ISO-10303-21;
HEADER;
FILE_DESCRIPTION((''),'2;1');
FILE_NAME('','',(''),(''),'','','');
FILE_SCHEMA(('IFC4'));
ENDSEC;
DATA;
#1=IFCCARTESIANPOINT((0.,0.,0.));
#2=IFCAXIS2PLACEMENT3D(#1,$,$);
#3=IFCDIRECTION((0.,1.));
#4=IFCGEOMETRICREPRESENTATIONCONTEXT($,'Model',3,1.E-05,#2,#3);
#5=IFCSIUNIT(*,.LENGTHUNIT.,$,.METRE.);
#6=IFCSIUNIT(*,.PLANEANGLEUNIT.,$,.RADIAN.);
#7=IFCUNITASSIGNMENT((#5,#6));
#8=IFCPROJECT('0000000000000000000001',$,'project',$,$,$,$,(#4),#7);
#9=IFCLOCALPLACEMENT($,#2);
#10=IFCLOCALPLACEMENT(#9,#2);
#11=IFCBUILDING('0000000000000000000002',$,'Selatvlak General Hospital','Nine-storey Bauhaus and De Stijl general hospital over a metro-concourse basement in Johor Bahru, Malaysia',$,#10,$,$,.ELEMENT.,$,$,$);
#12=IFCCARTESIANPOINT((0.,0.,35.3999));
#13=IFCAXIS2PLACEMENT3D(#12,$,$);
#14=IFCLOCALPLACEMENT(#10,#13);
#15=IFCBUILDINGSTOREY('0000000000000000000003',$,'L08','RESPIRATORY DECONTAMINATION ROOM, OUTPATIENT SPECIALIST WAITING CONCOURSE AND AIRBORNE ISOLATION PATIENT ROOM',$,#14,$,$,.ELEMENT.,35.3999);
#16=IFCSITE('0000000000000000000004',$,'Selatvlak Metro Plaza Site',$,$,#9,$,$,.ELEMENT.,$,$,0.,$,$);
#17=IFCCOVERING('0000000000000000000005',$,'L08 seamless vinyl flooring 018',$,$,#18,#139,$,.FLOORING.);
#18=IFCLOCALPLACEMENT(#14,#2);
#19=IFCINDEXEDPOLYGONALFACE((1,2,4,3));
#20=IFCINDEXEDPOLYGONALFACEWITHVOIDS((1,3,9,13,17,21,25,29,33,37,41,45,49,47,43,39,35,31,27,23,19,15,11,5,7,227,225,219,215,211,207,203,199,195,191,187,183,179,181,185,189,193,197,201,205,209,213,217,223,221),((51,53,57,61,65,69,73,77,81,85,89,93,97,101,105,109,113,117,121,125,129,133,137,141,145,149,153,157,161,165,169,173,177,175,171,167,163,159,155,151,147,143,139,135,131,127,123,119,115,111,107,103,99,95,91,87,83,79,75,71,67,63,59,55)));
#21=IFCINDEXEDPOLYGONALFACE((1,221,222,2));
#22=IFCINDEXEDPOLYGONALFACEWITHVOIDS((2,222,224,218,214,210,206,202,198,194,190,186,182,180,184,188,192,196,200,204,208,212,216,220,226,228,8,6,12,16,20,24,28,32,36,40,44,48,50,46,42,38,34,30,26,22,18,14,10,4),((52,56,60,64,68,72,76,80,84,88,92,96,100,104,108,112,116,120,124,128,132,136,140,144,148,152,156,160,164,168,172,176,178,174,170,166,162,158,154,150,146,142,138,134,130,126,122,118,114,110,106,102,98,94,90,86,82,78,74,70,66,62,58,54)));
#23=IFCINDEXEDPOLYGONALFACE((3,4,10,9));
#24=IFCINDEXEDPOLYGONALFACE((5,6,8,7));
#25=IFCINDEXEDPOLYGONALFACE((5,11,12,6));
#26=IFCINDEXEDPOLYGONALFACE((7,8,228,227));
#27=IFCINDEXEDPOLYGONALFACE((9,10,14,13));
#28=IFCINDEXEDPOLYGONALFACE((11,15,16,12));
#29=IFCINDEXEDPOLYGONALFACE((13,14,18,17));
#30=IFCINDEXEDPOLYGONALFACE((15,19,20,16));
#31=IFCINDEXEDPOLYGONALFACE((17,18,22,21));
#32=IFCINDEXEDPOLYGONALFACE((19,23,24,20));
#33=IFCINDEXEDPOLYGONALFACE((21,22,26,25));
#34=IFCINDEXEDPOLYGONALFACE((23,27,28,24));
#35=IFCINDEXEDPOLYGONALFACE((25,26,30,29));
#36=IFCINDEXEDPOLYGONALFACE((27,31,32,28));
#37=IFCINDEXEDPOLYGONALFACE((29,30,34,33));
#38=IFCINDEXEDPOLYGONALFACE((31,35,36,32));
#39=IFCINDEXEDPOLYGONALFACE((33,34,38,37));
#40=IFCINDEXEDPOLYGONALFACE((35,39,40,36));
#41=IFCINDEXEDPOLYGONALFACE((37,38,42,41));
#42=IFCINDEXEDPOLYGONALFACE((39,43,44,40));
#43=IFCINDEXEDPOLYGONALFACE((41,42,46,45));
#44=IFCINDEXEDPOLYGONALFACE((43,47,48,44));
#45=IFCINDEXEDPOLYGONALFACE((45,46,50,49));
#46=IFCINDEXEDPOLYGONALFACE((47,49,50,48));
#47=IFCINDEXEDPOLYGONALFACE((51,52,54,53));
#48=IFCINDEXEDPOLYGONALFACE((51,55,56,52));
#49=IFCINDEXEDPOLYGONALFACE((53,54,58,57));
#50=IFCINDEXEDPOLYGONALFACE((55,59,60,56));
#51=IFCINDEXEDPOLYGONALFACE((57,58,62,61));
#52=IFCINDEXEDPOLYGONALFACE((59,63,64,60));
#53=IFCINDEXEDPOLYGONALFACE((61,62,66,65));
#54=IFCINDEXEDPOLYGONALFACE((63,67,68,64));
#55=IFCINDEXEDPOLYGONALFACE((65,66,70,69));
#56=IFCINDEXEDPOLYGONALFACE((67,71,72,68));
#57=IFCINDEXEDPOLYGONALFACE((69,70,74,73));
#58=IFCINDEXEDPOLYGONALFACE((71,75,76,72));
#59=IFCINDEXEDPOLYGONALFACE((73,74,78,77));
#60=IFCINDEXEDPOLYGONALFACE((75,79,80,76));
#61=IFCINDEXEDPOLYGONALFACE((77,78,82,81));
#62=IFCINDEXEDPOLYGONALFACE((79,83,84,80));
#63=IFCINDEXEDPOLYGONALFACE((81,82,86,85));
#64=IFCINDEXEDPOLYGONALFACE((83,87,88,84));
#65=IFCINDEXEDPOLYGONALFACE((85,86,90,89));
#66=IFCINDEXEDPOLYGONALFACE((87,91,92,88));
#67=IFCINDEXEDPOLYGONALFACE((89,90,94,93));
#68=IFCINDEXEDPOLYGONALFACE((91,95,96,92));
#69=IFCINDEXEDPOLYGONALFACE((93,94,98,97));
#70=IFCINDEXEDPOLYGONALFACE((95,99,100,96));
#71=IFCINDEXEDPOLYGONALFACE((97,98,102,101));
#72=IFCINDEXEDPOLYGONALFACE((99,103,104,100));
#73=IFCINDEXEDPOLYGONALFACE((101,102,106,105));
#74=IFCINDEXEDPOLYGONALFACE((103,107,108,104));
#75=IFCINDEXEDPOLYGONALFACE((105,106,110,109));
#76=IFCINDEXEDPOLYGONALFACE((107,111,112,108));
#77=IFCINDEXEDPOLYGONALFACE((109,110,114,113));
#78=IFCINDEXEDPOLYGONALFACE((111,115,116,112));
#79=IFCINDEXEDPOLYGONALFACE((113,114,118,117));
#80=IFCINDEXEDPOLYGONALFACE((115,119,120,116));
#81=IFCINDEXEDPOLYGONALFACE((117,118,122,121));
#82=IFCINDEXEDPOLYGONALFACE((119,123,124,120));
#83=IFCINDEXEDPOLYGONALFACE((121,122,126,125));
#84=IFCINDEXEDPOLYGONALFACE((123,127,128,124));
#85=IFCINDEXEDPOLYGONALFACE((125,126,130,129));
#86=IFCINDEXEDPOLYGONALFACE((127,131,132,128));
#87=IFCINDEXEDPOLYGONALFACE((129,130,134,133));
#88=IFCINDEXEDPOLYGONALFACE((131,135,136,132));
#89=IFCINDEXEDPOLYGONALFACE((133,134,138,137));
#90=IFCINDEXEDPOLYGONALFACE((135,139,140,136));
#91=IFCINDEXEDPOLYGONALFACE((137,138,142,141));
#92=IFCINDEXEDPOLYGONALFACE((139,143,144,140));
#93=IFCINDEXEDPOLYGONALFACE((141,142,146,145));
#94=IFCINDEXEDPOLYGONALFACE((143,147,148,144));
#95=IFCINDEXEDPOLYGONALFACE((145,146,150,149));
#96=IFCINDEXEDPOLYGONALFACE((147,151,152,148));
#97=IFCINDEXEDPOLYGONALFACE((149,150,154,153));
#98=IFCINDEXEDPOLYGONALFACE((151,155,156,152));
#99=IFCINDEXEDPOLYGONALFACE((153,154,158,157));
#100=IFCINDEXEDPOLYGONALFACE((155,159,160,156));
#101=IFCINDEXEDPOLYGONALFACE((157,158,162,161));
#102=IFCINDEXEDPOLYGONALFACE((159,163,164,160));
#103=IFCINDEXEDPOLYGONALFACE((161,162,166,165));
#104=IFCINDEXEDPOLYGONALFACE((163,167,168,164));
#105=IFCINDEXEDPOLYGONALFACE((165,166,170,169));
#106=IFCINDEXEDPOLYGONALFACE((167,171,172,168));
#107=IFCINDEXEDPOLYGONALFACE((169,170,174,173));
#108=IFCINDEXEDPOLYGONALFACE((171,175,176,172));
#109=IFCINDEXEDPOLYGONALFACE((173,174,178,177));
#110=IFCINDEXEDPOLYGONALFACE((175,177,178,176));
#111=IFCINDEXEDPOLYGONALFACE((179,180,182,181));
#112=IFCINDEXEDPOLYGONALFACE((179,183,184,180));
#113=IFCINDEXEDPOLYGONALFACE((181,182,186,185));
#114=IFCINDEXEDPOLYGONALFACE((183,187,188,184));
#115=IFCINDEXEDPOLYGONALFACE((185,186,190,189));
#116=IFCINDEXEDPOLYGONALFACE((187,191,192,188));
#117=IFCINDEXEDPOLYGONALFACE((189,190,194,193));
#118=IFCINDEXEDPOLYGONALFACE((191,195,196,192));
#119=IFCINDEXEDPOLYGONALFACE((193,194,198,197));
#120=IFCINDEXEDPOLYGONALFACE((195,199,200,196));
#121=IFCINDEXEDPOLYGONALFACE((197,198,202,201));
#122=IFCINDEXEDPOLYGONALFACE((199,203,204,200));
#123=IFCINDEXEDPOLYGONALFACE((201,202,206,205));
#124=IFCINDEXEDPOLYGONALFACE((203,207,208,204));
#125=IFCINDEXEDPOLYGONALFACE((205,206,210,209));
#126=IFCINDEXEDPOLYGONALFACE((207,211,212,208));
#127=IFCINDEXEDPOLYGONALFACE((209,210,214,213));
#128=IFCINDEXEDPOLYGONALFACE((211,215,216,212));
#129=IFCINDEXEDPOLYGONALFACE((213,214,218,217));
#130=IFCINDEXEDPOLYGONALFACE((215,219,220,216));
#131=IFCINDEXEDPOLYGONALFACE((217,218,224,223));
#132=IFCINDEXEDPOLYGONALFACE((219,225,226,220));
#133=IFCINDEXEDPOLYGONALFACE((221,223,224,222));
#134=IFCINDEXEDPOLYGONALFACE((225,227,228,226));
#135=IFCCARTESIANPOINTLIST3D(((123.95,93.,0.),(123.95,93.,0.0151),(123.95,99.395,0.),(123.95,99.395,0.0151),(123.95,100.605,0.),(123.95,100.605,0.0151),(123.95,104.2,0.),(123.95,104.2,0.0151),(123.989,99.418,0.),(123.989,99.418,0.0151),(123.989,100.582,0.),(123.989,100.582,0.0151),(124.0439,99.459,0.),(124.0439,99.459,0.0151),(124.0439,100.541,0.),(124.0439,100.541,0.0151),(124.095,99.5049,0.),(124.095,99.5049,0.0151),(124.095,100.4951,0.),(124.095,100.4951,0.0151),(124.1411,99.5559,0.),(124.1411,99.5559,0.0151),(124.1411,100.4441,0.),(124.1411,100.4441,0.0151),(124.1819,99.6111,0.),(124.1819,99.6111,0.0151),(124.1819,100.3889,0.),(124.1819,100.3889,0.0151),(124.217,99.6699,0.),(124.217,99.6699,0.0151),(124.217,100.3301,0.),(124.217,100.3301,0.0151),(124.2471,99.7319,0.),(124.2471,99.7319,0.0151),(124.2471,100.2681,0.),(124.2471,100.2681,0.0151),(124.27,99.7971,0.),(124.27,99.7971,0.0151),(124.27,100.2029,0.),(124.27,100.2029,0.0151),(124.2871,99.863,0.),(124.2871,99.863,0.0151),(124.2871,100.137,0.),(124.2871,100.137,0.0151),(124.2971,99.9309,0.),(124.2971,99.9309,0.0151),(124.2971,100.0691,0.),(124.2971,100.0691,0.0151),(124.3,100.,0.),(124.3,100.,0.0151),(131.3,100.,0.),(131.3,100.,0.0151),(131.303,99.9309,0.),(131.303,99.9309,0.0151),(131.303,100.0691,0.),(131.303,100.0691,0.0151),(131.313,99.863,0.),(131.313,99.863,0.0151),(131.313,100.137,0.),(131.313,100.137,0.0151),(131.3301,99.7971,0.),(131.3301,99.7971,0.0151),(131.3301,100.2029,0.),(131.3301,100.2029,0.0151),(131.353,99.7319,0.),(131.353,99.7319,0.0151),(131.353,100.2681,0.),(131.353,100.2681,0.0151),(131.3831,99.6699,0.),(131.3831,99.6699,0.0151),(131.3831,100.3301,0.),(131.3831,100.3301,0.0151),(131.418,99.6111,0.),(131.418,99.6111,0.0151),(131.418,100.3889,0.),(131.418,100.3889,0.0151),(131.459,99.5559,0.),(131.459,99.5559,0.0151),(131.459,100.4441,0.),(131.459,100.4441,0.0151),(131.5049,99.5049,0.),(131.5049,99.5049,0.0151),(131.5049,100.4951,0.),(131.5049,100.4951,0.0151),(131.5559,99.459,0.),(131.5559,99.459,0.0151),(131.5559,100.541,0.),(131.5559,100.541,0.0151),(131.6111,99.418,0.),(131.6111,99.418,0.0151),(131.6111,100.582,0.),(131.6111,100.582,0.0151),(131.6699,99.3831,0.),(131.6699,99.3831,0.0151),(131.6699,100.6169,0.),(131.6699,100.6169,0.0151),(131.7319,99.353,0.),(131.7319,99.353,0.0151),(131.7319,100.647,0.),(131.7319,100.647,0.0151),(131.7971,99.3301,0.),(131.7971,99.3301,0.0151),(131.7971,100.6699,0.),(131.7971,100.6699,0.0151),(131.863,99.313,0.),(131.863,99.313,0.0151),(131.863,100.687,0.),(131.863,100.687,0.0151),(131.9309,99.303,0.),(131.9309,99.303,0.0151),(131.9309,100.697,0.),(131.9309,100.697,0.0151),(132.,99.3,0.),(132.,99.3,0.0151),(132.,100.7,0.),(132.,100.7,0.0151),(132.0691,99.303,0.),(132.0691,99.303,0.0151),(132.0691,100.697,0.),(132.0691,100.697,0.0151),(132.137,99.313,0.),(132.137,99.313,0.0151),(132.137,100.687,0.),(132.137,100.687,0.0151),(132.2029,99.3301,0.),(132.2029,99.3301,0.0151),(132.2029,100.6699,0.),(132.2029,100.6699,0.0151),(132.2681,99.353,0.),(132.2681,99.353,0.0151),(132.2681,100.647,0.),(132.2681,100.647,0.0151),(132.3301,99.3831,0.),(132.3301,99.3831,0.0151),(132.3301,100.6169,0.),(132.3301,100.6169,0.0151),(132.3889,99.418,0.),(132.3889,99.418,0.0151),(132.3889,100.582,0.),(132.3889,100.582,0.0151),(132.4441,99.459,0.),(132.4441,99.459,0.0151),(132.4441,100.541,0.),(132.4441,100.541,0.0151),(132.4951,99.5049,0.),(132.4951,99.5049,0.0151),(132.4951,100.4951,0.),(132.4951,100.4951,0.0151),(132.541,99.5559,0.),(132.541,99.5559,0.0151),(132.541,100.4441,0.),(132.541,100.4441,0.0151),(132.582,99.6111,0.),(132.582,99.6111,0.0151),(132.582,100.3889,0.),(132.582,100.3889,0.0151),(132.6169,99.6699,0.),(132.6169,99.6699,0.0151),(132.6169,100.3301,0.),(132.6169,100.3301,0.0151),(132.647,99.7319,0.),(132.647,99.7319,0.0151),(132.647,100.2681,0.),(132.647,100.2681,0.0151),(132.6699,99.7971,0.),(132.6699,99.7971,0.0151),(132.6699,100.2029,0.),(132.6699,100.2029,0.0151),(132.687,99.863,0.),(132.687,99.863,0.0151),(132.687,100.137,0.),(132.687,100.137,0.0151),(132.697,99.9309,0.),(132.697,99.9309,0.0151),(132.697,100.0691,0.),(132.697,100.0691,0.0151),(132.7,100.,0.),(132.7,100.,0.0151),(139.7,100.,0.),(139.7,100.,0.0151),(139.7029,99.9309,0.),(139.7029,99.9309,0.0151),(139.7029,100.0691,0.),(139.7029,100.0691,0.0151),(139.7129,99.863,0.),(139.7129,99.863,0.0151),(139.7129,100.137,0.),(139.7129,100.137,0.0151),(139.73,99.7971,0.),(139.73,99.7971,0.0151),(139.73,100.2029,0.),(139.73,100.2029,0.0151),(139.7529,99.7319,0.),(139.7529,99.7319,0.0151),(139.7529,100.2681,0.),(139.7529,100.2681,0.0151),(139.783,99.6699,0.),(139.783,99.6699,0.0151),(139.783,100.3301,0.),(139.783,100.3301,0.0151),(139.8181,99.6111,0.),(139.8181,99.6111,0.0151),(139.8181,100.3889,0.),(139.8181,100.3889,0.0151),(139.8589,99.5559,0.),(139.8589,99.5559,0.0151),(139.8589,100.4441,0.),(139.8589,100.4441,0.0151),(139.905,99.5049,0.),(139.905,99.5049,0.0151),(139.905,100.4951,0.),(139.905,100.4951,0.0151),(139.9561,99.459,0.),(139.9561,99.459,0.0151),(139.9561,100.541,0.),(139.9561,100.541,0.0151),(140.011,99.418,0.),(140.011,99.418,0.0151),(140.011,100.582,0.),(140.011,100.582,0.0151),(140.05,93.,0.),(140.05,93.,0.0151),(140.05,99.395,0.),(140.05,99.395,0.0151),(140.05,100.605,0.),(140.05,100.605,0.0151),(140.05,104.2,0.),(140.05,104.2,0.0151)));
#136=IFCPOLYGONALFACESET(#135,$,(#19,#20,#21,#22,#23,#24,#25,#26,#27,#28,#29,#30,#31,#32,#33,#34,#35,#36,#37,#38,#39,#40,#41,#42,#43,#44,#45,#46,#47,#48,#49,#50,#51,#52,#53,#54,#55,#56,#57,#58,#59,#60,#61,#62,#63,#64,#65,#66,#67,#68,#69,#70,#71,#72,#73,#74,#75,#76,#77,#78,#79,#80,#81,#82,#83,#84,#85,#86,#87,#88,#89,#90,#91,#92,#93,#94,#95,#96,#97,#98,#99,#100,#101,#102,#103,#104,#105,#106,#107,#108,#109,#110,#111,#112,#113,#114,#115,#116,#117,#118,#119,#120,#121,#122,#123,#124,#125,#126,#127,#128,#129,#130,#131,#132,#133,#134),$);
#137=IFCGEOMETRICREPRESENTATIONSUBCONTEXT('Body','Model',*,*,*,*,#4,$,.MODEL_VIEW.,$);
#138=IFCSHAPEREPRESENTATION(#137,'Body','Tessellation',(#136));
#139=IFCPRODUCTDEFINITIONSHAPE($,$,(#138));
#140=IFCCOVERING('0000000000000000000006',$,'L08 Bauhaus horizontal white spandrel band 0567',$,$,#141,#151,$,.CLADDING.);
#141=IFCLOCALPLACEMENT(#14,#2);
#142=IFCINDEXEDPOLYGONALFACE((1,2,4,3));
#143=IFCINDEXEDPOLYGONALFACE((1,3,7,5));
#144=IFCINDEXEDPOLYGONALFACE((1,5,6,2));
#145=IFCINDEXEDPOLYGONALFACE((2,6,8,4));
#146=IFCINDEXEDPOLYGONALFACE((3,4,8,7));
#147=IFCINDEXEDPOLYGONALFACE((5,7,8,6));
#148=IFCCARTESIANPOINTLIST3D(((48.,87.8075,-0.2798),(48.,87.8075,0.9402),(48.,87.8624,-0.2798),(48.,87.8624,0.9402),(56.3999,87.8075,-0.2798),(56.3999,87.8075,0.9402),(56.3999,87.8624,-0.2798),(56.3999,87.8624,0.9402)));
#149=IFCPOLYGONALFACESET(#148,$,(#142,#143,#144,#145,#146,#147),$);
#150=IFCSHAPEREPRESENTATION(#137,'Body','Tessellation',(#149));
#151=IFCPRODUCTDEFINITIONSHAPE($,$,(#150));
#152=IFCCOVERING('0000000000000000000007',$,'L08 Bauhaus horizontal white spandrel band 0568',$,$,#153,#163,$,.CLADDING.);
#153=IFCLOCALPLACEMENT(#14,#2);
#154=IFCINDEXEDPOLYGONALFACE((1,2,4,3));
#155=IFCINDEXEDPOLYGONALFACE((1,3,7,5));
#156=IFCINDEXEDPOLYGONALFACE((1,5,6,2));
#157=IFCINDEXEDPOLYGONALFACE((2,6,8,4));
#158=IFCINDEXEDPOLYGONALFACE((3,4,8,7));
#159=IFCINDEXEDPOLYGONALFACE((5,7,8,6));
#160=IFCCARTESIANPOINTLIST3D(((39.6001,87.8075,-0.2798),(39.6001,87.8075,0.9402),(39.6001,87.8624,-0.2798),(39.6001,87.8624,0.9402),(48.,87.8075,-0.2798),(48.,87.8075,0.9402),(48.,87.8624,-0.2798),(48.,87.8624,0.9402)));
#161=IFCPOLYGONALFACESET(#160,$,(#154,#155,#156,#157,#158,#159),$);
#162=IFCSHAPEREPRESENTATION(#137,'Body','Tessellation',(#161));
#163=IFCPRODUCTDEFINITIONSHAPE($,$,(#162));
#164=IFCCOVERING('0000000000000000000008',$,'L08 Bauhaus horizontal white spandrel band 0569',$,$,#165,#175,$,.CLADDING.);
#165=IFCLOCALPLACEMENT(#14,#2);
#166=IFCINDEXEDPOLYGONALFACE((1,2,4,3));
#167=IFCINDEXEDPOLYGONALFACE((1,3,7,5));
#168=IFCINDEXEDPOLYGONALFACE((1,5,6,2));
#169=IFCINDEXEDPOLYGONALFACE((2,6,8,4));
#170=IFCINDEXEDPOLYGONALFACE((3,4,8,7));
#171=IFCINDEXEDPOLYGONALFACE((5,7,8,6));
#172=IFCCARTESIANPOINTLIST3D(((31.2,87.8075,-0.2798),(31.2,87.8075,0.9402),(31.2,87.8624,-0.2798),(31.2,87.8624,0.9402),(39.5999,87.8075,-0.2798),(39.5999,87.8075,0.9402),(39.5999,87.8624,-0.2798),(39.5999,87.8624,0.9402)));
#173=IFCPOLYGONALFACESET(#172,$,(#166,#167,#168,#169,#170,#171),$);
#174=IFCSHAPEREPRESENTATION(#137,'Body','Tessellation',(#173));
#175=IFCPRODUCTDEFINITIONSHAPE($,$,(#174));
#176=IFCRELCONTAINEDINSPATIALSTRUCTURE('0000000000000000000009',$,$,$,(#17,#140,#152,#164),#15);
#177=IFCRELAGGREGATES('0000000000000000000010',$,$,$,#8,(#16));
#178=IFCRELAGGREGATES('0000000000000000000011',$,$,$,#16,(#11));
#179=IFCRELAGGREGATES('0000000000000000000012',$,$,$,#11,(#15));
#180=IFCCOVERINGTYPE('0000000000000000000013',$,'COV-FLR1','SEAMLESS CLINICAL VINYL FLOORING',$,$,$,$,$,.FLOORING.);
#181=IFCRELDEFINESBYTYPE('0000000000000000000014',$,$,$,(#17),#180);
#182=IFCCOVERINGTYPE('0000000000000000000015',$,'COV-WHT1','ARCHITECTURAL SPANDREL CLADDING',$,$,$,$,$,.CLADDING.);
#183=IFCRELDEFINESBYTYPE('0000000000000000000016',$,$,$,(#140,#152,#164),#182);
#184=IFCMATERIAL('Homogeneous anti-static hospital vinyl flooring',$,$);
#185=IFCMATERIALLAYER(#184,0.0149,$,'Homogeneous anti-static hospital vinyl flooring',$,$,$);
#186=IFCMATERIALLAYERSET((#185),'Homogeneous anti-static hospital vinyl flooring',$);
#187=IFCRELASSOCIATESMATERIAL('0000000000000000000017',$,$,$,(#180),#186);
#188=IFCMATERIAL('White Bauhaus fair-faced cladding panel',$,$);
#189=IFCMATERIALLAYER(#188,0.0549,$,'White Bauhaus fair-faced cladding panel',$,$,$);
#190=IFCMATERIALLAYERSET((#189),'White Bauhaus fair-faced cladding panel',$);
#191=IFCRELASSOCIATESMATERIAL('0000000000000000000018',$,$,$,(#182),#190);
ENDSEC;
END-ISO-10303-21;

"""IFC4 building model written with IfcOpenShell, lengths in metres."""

from ifc_helpers import new_model, si_unit, direction, frame, origin, origin_2d, place, context, subcontext, project, spatial, polyline, rectangle, outline, extrude, material, layer, layer_set, type_object, element, save


model = new_model("IFC4")

# Units and contexts
model_context = context("Model", 3, precision=1e-05, world=origin(), true_north=direction((0.0, 1.0)))
body_context = subcontext(model_context, "Body", "Model", "MODEL_VIEW")
ifc_project = project(units=[si_unit("LENGTHUNIT", "METRE"), si_unit("PLANEANGLEUNIT", "RADIAN")], contexts=[model_context])

# Site, building, storey
site_placement = place(None, origin())
site = spatial("IfcSite", under=ifc_project, at=site_placement, Name="Selatvlak Metro Plaza Site", CompositionType="ELEMENT", RefElevation=0.0)
building_placement = place(site_placement, origin())
building = spatial("IfcBuilding", under=site, at=building_placement, Name="Selatvlak General Hospital", Description="Nine-storey Bauhaus and De Stijl general hospital over a metro-concourse basement in Johor Bahru, Malaysia", CompositionType="ELEMENT")
storey_placement = place(building_placement, frame((0.0, 0.0, 35.3999)))
storey = spatial("IfcBuildingStorey", under=building, at=storey_placement, Name="L08", Description="RESPIRATORY DECONTAMINATION ROOM, OUTPATIENT SPECIALIST WAITING CONCOURSE AND AIRBORNE ISOLATION PATIENT ROOM", CompositionType="ELEMENT", Elevation=35.3999)

# Coverings
ifc_material_1 = material(Name="Homogeneous anti-static hospital vinyl flooring")
ifc_layer_1 = layer(ifc_material_1, 0.0149, Name="Homogeneous anti-static hospital vinyl flooring")
ifc_layer_set_1 = layer_set([ifc_layer_1], Name="Homogeneous anti-static hospital vinyl flooring")
covering_type_1 = type_object("IfcCoveringType", Name="COV-FLR1", Description="SEAMLESS CLINICAL VINYL FLOORING", PredefinedType="FLOORING", material=ifc_layer_set_1)
covering_1_placement = place(storey_placement, origin())
element("IfcCovering", 1, at=covering_1_placement, inside=storey, type_object=covering_type_1, Name="L08 seamless vinyl flooring 018", PredefinedType="FLOORING", context=body_context, shape_type="SweptSolid", body=[
    extrude(outline(polyline([(140.05, 104.2), (140.05, 100.605), (140.011, 100.582), (139.9561, 100.541), (139.905, 100.4951), (139.8589, 100.4441), (139.8181, 100.3889), (139.783, 100.3301), (139.7529, 100.2681), (139.73, 100.2029), (139.7129, 100.137), (139.7029, 100.0691), (139.7, 100.0), (139.7029, 99.9309), (139.7129, 99.863), (139.73, 99.7971), (139.7529, 99.7319), (139.783, 99.6699), (139.8181, 99.6111), (139.8589, 99.5559), (139.905, 99.5049), (139.9561, 99.459), (140.011, 99.418), (140.05, 99.395), (140.05, 93.0), (123.95, 93.0), (123.95, 99.395), (123.989, 99.418), (124.0439, 99.459), (124.095, 99.5049), (124.1411, 99.5559), (124.1819, 99.6111), (124.217, 99.6699), (124.2471, 99.7319), (124.27, 99.7971), (124.2871, 99.863), (124.2971, 99.9309), (124.3, 100.0), (124.2971, 100.0691), (124.2871, 100.137), (124.27, 100.2029), (124.2471, 100.2681), (124.217, 100.3301), (124.1819, 100.3889), (124.1411, 100.4441), (124.095, 100.4951), (124.0439, 100.541), (123.989, 100.582), (123.95, 100.605), (123.95, 104.2), (140.05, 104.2)]), holes=[polyline([(132.582, 99.6111), (132.6169, 99.6699), (132.647, 99.7319), (132.6699, 99.7971), (132.687, 99.863), (132.697, 99.9309), (132.7, 100.0), (132.697, 100.0691), (132.687, 100.137), (132.6699, 100.2029), (132.647, 100.2681), (132.6169, 100.3301), (132.582, 100.3889), (132.541, 100.4441), (132.4951, 100.4951), (132.4441, 100.541), (132.3889, 100.582), (132.3301, 100.6169), (132.2681, 100.647), (132.2029, 100.6699), (132.137, 100.687), (132.0691, 100.697), (132.0, 100.7), (131.9309, 100.697), (131.863, 100.687), (131.7971, 100.6699), (131.7319, 100.647), (131.6699, 100.6169), (131.6111, 100.582), (131.5559, 100.541), (131.5049, 100.4951), (131.459, 100.4441), (131.418, 100.3889), (131.3831, 100.3301), (131.353, 100.2681), (131.3301, 100.2029), (131.313, 100.137), (131.303, 100.0691), (131.3, 100.0), (131.303, 99.9309), (131.313, 99.863), (131.3301, 99.7971), (131.353, 99.7319), (131.3831, 99.6699), (131.418, 99.6111), (131.459, 99.5559), (131.5049, 99.5049), (131.5559, 99.459), (131.6111, 99.418), (131.6699, 99.3831), (131.7319, 99.353), (131.7971, 99.3301), (131.863, 99.313), (131.9309, 99.303), (132.0, 99.3), (132.0691, 99.303), (132.137, 99.313), (132.2029, 99.3301), (132.2681, 99.353), (132.3301, 99.3831), (132.3889, 99.418), (132.4441, 99.459), (132.4951, 99.5049), (132.541, 99.5559), (132.582, 99.6111)])]), origin(), (0.0, 0.0, 1.0), 0.0151),
])
ifc_material_2 = material(Name="White Bauhaus fair-faced cladding panel")
ifc_layer_2 = layer(ifc_material_2, 0.0549, Name="White Bauhaus fair-faced cladding panel")
ifc_layer_set_2 = layer_set([ifc_layer_2], Name="White Bauhaus fair-faced cladding panel")
covering_type_2 = type_object("IfcCoveringType", Name="COV-WHT1", Description="ARCHITECTURAL SPANDREL CLADDING", PredefinedType="CLADDING", material=ifc_layer_set_2)
for number, where, z_axis, x_axis, name in (
    (2, (52.2, 87.835, -0.2798), (0.0, 0.0, 1.0), (-1.0, 0.0, 0.0), "L08 Bauhaus horizontal white spandrel band 0567"),
    (3, (43.8, 87.835, -0.2798), (0.0, 0.0, 1.0), (-1.0, 0.0, 0.0), "L08 Bauhaus horizontal white spandrel band 0568"),
    (4, (35.3999, 87.835, -0.2798), (0.0, 0.0, 1.0), (-1.0, 0.0, 0.0), "L08 Bauhaus horizontal white spandrel band 0569"),
):
    element("IfcCovering", number, at=place(storey_placement, frame(where, z_axis=z_axis, x_axis=x_axis)), inside=storey, type_object=covering_type_2, Name=name, PredefinedType="CLADDING", context=body_context, shape_type="SweptSolid", body=[
        extrude(rectangle(XDim=8.3999, YDim=0.0549, at=origin_2d()), origin(), (0.0, 0.0, 1.0), 1.22),
    ])

save(model, "model.ifc")
